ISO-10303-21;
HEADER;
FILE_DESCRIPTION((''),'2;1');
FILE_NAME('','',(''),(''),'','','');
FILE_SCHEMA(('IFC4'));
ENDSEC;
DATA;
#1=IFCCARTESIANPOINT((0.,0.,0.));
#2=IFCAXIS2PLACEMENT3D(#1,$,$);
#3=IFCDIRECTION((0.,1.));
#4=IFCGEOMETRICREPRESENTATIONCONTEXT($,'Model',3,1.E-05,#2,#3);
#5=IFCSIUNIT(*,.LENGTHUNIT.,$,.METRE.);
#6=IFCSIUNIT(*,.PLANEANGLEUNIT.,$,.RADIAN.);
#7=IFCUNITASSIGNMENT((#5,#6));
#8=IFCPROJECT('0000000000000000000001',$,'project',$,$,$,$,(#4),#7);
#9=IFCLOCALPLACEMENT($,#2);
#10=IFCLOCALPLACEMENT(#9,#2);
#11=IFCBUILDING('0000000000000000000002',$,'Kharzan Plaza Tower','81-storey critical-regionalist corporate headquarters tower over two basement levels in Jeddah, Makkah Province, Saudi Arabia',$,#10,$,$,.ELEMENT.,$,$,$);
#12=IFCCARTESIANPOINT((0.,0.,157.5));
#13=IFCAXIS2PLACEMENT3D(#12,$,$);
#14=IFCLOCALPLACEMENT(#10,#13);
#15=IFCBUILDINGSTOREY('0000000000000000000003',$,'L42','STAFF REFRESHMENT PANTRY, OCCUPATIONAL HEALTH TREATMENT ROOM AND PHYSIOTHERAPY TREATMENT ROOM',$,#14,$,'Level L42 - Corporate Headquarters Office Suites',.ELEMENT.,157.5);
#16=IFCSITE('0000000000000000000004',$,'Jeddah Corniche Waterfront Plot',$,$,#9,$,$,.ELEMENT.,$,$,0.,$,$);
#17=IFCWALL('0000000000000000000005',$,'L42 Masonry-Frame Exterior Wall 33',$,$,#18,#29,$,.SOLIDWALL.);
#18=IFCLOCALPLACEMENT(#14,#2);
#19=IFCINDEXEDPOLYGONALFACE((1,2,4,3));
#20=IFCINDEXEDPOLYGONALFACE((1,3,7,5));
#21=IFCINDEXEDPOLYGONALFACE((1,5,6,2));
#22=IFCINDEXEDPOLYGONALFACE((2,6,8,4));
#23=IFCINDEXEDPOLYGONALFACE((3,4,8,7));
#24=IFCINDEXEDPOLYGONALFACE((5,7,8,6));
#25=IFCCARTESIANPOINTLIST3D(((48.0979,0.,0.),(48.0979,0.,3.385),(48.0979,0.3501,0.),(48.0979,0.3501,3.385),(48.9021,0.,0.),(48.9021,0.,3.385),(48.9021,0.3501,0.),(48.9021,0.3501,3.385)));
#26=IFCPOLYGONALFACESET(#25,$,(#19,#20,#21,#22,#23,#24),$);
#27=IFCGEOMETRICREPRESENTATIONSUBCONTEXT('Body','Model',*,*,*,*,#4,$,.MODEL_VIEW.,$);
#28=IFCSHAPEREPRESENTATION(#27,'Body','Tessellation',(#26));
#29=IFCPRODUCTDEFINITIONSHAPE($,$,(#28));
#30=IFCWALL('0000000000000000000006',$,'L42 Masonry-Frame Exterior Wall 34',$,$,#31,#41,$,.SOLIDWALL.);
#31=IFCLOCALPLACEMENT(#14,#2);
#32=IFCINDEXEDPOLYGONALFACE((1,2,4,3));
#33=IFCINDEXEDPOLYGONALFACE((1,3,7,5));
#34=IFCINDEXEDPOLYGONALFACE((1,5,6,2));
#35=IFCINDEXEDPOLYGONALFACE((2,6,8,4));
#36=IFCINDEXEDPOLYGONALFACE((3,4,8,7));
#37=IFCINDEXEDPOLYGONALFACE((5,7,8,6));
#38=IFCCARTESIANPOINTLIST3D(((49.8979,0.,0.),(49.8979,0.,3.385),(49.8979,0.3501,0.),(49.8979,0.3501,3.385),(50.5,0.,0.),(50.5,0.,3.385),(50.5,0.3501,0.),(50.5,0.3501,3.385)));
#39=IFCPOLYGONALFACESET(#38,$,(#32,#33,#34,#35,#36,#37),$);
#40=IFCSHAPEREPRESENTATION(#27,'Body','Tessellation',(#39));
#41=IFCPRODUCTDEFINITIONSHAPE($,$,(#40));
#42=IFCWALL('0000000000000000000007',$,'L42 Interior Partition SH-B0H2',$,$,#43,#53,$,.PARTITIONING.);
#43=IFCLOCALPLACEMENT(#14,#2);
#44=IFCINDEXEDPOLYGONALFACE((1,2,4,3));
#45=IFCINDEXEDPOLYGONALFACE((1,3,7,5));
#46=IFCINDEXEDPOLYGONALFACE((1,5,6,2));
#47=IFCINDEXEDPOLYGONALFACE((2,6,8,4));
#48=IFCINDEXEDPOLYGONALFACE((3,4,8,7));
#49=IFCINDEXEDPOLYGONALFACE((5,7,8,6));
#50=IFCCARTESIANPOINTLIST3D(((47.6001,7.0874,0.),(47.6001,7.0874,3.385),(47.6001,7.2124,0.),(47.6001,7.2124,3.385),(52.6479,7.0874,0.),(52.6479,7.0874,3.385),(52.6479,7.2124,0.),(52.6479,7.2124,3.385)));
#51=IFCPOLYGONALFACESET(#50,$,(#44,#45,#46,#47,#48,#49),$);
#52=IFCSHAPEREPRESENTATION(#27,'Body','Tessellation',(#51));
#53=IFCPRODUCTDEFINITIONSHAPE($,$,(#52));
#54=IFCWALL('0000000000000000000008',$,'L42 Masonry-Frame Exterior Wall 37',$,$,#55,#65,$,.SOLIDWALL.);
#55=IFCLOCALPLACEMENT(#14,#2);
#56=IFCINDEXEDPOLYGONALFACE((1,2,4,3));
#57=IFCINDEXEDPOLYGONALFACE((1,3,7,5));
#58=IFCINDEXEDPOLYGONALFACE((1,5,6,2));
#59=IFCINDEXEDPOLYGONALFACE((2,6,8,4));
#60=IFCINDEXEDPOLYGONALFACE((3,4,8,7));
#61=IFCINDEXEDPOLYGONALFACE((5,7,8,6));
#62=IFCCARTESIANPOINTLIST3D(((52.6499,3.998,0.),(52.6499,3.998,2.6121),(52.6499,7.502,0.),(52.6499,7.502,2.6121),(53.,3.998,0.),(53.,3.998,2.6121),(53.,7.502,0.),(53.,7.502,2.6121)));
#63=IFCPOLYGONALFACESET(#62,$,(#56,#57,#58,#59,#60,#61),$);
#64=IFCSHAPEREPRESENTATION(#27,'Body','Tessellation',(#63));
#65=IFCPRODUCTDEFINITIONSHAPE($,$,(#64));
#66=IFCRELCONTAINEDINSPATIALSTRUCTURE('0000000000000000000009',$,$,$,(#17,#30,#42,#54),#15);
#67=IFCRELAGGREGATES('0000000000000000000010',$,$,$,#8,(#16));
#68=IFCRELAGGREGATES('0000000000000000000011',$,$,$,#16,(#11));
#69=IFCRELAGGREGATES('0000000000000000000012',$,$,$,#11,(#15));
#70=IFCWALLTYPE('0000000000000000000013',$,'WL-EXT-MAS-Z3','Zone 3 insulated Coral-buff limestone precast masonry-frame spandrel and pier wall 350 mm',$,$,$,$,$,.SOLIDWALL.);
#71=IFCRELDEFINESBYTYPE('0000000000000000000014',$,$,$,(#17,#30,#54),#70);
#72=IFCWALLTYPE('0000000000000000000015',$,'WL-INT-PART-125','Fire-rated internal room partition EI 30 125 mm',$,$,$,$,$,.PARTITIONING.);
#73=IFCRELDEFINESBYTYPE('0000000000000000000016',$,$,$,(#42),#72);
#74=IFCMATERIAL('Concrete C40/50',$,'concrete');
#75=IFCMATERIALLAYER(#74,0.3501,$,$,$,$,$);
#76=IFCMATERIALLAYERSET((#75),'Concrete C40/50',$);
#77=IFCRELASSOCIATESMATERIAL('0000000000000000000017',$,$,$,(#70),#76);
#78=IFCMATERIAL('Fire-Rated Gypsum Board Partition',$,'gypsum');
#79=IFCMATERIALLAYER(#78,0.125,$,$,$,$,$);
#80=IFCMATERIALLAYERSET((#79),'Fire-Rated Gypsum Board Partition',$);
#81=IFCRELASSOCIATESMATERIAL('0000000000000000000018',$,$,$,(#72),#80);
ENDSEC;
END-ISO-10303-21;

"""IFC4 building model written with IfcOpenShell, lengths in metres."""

from ifc_helpers import new_model, si_unit, direction, frame, frame_2d, origin, place, context, subcontext, project, spatial, rectangle, extrude, source, transform, mapped, material, layer, layer_set, type_object, element, save


model = new_model("IFC4")

# Units and contexts
model_context = context("Model", 3, precision=1e-05, world=origin(), true_north=direction((0.0, 1.0)))
body_context = subcontext(model_context, "Body", "Model", "MODEL_VIEW")
ifc_project = project(units=[si_unit("LENGTHUNIT", "METRE"), si_unit("PLANEANGLEUNIT", "RADIAN")], contexts=[model_context])

# Site, building, storey
site_placement = place(None, origin())
site = spatial("IfcSite", under=ifc_project, at=site_placement, Name="Jeddah Corniche Waterfront Plot", CompositionType="ELEMENT", RefElevation=0.0)
building_placement = place(site_placement, origin())
building = spatial("IfcBuilding", under=site, at=building_placement, Name="Kharzan Plaza Tower", Description="81-storey critical-regionalist corporate headquarters tower over two basement levels in Jeddah, Makkah Province, Saudi Arabia", CompositionType="ELEMENT")
storey_placement = place(building_placement, frame((0.0, 0.0, 157.5)))
storey = spatial("IfcBuildingStorey", under=building, at=storey_placement, Name="L42", Description="STAFF REFRESHMENT PANTRY, OCCUPATIONAL HEALTH TREATMENT ROOM AND PHYSIOTHERAPY TREATMENT ROOM", LongName="Level L42 - Corporate Headquarters Office Suites", CompositionType="ELEMENT", Elevation=157.5)

# Shared definitions
ifc_material_1 = material(Name="Concrete C40/50", Category="concrete")
ifc_layer_1 = layer(ifc_material_1, 0.3501)
ifc_layer_set_1 = layer_set([ifc_layer_1], Name="Concrete C40/50")
wall_type_1 = type_object("IfcWallType", Name="WL-EXT-MAS-Z3", Description="Zone 3 insulated Coral-buff limestone precast masonry-frame spandrel and pier wall 350 mm", PredefinedType="SOLIDWALL", material=ifc_layer_set_1)

# Shared definitions
ifc_material_2 = material(Name="Fire-Rated Gypsum Board Partition", Category="gypsum")
ifc_layer_2 = layer(ifc_material_2, 0.125)
ifc_layer_set_2 = layer_set([ifc_layer_2], Name="Fire-Rated Gypsum Board Partition")
wall_type_2 = type_object("IfcWallType", Name="WL-INT-PART-125", Description="Fire-rated internal room partition EI 30 125 mm", PredefinedType="PARTITIONING", material=ifc_layer_set_2)

# Walls
shared_shape_1 = source(origin(), body_context, "Body", "SweptSolid", [
    extrude(rectangle(XDim=0.8042, YDim=0.3501, at=frame_2d((0.4021, 0.0))), origin(), (0.0, 0.0, 1.0), 3.385),
])
wall_1_placement = place(storey_placement, frame((48.0979, 0.175, 0.0), z_axis=(0.0, 0.0, 1.0), x_axis=(1.0, 0.0, 0.0)))
element("IfcWall", 1, at=wall_1_placement, inside=storey, type_object=wall_type_1, Name="L42 Masonry-Frame Exterior Wall 33", PredefinedType="SOLIDWALL", context=body_context, shape_type="MappedRepresentation", body=[
    mapped(shared_shape_1, transform((0.0, 0.0, 0.0), x_axis=(1.0, 0.0, 0.0), y_axis=(0.0, 1.0, 0.0), z_axis=(0.0, 0.0, 1.0))),
])
shared_shape_2 = source(origin(), body_context, "Body", "SweptSolid", [
    extrude(rectangle(XDim=0.6021, YDim=0.3501, at=frame_2d((0.301, 0.0))), origin(), (0.0, 0.0, 1.0), 3.385),
])
wall_2_placement = place(storey_placement, frame((49.8979, 0.175, 0.0), z_axis=(0.0, 0.0, 1.0), x_axis=(1.0, 0.0, 0.0)))
element("IfcWall", 2, at=wall_2_placement, inside=storey, type_object=wall_type_1, Name="L42 Masonry-Frame Exterior Wall 34", PredefinedType="SOLIDWALL", context=body_context, shape_type="MappedRepresentation", body=[
    mapped(shared_shape_2, transform((0.0, 0.0, 0.0), x_axis=(1.0, 0.0, 0.0), y_axis=(0.0, 1.0, 0.0), z_axis=(0.0, 0.0, 1.0))),
])
shared_shape_3 = source(origin(), body_context, "Body", "SweptSolid", [
    extrude(rectangle(XDim=5.0479, YDim=0.125, at=frame_2d((2.5239, 0.0))), origin(), (0.0, 0.0, 1.0), 3.385),
])
wall_3_placement = place(storey_placement, frame((47.6001, 7.1499, 0.0), z_axis=(0.0, 0.0, 1.0), x_axis=(1.0, 0.0, 0.0)))
element("IfcWall", 3, at=wall_3_placement, inside=storey, type_object=wall_type_2, Name="L42 Interior Partition SH-B0H2", PredefinedType="PARTITIONING", context=body_context, shape_type="MappedRepresentation", body=[
    mapped(shared_shape_3, transform((0.0, 0.0, 0.0), x_axis=(1.0, 0.0, 0.0), y_axis=(0.0, 1.0, 0.0), z_axis=(0.0, 0.0, 1.0))),
])
shared_shape_4 = source(origin(), body_context, "Body", "SweptSolid", [
    extrude(rectangle(XDim=3.5039, YDim=0.3501, at=frame_2d((1.752, 0.0))), origin(), (0.0, 0.0, 1.0), 2.6121),
])
wall_4_placement = place(storey_placement, frame((52.825, 3.998, 0.0), z_axis=(0.0, 0.0, 1.0), x_axis=(0.0, 1.0, 0.0)))
element("IfcWall", 4, at=wall_4_placement, inside=storey, type_object=wall_type_1, Name="L42 Masonry-Frame Exterior Wall 37", PredefinedType="SOLIDWALL", context=body_context, shape_type="MappedRepresentation", body=[
    mapped(shared_shape_4, transform((0.0, 0.0, 0.0), x_axis=(1.0, 0.0, 0.0), y_axis=(0.0, 1.0, 0.0), z_axis=(0.0, 0.0, 1.0))),
])

save(model, "model.ifc")
